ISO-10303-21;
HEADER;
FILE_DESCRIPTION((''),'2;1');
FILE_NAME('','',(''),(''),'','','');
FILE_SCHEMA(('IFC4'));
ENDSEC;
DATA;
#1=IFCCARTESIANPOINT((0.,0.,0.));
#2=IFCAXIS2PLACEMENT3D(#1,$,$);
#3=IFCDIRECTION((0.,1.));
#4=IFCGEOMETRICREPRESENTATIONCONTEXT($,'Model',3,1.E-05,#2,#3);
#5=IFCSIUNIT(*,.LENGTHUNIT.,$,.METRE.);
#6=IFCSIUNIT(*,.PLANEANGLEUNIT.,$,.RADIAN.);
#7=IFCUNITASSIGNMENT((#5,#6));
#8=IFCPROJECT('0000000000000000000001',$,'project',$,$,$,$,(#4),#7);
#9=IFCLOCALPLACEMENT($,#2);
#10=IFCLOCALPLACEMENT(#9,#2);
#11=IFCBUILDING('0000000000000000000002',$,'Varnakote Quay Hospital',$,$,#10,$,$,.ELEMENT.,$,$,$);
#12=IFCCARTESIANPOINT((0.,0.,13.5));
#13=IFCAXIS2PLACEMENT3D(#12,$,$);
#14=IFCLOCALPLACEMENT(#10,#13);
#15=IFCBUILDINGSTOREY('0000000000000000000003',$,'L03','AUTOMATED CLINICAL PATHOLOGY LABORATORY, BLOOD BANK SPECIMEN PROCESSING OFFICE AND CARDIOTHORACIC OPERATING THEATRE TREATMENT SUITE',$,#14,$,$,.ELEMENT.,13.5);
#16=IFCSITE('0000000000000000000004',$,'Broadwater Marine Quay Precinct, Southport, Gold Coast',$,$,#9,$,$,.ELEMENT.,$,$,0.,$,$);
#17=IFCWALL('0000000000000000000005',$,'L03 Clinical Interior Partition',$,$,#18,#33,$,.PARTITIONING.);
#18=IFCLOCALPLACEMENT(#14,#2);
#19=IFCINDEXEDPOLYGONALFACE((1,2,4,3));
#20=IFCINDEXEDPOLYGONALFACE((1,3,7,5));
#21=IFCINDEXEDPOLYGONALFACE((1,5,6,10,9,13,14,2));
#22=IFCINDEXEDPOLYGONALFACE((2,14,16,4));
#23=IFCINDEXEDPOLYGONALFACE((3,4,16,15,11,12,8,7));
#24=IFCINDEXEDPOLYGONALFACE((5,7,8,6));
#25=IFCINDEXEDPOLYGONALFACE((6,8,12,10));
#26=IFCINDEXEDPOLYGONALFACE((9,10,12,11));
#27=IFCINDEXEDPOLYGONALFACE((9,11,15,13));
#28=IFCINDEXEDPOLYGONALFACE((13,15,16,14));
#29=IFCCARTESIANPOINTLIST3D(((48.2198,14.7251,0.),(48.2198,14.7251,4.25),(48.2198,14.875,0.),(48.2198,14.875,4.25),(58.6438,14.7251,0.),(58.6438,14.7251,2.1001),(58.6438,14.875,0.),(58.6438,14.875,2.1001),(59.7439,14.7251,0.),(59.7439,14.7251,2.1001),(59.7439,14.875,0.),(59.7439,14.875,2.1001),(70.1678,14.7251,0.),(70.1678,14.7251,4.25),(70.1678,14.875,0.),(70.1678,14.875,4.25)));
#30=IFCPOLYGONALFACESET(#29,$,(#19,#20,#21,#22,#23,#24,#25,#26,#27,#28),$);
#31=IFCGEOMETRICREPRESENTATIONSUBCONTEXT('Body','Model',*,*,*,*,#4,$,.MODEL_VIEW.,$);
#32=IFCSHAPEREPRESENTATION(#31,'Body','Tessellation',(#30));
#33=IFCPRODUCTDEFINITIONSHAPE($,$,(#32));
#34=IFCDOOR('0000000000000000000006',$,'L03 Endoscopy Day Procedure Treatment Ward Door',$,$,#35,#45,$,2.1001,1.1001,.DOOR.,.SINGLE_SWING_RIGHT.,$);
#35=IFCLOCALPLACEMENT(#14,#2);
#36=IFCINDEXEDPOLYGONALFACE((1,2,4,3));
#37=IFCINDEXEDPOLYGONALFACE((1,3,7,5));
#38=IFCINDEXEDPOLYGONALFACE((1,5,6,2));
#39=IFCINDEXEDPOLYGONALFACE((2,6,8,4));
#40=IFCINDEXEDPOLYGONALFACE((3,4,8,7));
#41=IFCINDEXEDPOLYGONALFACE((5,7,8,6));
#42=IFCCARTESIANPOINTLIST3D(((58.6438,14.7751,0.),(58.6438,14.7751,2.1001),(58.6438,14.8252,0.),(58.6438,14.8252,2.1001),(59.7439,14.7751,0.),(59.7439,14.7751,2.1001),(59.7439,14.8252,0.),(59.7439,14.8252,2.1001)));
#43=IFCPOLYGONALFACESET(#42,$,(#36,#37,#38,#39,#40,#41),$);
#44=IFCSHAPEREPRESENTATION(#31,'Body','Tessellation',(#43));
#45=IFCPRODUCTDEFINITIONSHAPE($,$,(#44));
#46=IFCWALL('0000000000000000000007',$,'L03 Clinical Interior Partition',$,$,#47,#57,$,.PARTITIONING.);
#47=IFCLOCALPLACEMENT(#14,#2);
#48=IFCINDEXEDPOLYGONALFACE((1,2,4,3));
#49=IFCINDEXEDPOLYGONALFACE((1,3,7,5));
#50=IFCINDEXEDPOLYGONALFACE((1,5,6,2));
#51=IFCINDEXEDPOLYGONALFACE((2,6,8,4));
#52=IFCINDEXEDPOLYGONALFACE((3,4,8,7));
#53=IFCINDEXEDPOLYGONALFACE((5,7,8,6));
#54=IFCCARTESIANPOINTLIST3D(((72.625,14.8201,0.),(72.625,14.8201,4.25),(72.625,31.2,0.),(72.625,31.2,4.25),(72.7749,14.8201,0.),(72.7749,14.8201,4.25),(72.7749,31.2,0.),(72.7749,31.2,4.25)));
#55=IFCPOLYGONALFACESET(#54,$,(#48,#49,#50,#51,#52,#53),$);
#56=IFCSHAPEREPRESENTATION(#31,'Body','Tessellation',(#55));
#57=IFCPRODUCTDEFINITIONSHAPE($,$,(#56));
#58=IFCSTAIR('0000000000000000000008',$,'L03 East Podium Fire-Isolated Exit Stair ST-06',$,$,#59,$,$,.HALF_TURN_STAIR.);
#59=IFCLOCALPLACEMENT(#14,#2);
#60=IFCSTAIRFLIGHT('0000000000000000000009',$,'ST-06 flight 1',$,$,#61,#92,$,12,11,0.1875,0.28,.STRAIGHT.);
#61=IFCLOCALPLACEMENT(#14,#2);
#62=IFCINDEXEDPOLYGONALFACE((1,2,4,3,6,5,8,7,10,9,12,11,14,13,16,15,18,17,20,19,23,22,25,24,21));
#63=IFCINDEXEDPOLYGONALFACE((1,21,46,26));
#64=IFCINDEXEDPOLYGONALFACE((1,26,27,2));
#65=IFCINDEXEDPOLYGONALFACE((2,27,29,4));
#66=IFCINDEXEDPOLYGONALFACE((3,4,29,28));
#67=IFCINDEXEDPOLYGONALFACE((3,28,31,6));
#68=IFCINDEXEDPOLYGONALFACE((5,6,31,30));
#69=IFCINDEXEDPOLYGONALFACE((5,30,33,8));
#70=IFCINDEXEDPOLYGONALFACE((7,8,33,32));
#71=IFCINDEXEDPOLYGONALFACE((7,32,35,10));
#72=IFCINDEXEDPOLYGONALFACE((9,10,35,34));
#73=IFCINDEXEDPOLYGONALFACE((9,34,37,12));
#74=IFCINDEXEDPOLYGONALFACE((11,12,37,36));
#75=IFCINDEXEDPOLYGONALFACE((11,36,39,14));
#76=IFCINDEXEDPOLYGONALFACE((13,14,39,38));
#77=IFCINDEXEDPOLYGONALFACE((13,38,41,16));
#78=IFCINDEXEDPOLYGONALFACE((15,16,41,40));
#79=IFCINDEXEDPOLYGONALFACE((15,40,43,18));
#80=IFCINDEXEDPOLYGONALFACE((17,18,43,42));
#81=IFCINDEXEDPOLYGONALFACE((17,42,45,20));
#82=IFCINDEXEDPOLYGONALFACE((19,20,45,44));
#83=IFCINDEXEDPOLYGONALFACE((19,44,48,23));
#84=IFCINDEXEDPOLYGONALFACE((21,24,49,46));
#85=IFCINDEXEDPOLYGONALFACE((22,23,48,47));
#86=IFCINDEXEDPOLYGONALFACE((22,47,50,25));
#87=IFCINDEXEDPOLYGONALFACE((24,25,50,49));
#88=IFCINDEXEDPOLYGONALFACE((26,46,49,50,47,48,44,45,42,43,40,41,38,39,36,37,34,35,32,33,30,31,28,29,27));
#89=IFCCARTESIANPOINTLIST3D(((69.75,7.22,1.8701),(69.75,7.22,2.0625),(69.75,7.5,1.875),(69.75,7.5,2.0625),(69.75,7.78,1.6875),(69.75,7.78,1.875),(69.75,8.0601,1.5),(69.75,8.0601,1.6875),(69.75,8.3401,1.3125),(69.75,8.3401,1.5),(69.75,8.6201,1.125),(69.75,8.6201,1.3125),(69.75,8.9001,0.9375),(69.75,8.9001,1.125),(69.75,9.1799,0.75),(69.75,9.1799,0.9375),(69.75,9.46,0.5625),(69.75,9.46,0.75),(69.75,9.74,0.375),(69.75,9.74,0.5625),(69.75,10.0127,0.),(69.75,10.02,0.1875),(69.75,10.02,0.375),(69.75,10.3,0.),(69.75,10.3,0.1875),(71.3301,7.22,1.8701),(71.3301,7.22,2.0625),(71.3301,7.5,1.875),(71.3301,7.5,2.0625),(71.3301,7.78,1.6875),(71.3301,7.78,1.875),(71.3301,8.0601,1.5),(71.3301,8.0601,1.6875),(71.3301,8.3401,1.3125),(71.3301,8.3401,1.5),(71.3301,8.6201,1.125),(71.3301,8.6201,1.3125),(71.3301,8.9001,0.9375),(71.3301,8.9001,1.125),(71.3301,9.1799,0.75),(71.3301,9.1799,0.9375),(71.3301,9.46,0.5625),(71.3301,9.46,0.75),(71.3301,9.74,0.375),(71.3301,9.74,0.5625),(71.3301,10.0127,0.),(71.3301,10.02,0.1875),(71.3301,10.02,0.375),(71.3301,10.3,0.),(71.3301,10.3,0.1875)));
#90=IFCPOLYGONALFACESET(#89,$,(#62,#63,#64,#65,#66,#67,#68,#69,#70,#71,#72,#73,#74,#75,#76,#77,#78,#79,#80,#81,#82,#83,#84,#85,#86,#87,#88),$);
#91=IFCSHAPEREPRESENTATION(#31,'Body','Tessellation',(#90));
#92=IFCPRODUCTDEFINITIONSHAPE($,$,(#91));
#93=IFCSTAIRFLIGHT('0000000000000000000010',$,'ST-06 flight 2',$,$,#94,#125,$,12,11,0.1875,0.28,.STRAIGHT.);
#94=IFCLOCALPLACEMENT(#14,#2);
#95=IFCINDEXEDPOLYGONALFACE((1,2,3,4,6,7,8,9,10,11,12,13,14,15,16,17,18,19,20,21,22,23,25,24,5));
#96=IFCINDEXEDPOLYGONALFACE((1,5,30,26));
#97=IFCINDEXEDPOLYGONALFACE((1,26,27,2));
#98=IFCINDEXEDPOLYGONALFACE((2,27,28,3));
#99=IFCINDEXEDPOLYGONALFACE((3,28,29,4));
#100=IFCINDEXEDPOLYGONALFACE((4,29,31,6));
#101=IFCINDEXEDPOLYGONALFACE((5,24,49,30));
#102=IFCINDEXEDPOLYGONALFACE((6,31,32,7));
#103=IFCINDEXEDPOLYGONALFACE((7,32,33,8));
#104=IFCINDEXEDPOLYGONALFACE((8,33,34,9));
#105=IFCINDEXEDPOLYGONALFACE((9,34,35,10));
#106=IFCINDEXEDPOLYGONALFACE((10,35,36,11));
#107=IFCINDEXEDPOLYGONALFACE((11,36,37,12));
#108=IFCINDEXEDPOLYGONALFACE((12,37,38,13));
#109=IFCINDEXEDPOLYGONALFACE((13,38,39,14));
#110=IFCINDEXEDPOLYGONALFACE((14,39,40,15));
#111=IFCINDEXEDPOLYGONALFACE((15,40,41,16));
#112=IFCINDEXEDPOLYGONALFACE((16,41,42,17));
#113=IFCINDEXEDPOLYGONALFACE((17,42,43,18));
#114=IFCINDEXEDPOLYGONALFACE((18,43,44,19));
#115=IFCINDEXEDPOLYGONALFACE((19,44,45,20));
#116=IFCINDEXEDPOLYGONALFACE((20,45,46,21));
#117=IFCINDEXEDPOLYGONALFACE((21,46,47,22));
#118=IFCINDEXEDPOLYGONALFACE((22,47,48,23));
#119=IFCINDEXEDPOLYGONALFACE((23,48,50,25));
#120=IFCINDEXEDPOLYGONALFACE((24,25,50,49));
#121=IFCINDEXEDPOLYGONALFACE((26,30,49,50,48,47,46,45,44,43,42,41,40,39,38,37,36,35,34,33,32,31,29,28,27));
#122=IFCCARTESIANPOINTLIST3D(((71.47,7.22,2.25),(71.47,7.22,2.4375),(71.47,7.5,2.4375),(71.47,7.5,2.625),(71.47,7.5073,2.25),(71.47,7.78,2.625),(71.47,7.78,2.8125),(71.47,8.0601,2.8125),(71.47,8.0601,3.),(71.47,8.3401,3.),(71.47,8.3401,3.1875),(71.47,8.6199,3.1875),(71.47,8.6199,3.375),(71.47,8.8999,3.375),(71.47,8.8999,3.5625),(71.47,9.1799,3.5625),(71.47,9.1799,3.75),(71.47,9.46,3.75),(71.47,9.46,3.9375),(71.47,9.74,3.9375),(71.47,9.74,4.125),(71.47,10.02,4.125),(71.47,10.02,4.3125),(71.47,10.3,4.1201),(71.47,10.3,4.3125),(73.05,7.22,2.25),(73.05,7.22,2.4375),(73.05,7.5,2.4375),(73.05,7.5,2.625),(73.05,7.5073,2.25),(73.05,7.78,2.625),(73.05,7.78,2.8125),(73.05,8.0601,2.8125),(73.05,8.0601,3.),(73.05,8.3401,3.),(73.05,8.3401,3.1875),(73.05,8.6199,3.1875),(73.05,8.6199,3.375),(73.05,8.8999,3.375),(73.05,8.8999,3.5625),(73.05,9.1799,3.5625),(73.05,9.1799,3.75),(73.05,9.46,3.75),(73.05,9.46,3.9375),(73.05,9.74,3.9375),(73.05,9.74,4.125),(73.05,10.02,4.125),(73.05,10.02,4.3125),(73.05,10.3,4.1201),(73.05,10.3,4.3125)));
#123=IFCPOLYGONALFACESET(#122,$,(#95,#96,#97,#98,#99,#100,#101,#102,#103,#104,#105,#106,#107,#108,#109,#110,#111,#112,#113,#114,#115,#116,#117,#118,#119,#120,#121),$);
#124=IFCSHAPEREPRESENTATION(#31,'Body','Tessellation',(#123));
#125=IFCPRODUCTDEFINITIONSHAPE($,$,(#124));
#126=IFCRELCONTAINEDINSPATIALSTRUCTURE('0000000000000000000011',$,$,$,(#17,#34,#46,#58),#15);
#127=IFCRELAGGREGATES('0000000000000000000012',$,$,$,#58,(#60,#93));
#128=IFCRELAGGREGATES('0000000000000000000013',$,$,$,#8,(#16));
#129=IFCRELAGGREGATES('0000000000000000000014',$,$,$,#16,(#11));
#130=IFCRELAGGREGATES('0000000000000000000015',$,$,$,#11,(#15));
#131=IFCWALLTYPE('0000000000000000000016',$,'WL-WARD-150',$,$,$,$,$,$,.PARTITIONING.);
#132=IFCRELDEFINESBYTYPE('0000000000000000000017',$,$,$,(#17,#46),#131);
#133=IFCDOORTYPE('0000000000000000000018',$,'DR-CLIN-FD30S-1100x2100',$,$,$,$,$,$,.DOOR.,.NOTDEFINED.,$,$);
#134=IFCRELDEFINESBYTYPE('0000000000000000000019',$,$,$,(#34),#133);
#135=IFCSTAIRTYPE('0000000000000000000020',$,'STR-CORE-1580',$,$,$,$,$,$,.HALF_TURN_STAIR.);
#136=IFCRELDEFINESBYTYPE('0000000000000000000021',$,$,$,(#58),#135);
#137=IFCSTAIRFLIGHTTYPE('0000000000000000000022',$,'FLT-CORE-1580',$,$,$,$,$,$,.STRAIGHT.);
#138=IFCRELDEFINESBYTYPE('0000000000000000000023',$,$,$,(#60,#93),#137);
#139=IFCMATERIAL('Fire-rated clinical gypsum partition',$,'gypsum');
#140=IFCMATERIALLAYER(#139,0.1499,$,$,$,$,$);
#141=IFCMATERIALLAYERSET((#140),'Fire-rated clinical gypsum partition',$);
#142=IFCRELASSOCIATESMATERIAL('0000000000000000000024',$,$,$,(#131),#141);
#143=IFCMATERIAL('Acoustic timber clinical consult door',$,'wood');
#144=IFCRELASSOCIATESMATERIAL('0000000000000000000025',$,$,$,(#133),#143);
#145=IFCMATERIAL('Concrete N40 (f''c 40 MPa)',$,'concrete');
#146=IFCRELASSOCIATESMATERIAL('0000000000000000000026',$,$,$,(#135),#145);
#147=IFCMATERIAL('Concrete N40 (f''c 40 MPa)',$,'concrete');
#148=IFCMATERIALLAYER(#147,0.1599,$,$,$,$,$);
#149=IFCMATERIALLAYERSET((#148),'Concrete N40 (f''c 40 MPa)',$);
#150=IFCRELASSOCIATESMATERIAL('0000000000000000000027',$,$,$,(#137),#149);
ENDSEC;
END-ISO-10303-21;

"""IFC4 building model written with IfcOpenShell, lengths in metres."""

from ifc_helpers import new_model, si_unit, direction, frame, frame_2d, origin, place, context, subcontext, project, spatial, polyline, rectangle, outline, extrude, material, layer, layer_set, type_object, element, fill, aggregate, save


model = new_model("IFC4")

# Units and contexts
model_context = context("Model", 3, precision=1e-05, world=origin(), true_north=direction((0.0, 1.0)))
body_context = subcontext(model_context, "Body", "Model", "MODEL_VIEW")
ifc_project = project(units=[si_unit("LENGTHUNIT", "METRE"), si_unit("PLANEANGLEUNIT", "RADIAN")], contexts=[model_context])

# Site, building, storey
site_placement = place(None, origin())
site = spatial("IfcSite", under=ifc_project, at=site_placement, Name="Broadwater Marine Quay Precinct, Southport, Gold Coast", CompositionType="ELEMENT", RefElevation=0.0)
building_placement = place(site_placement, origin())
building = spatial("IfcBuilding", under=site, at=building_placement, Name="Varnakote Quay Hospital", CompositionType="ELEMENT")
storey_placement = place(building_placement, frame((0.0, 0.0, 13.5)))
storey = spatial("IfcBuildingStorey", under=building, at=storey_placement, Name="L03", Description="AUTOMATED CLINICAL PATHOLOGY LABORATORY, BLOOD BANK SPECIMEN PROCESSING OFFICE AND CARDIOTHORACIC OPERATING THEATRE TREATMENT SUITE", CompositionType="ELEMENT", Elevation=13.5)

# Wall, opening, door
ifc_material_1 = material(Name="Fire-rated clinical gypsum partition", Category="gypsum")
ifc_layer_1 = layer(ifc_material_1, 0.1499)
ifc_layer_set_1 = layer_set([ifc_layer_1], Name="Fire-rated clinical gypsum partition")
wall_type_1 = type_object("IfcWallType", Name="WL-WARD-150", PredefinedType="PARTITIONING", material=ifc_layer_set_1)
ifc_material_2 = material(Name="Acoustic timber clinical consult door", Category="wood")
door_type = type_object("IfcDoorType", Name="DR-CLIN-FD30S-1100x2100", OperationType="NOTDEFINED", PredefinedType="DOOR", material=ifc_material_2)
wall_1_placement = place(storey_placement, frame((70.168, 14.8, 0.0), z_axis=(0.0, 0.0, 1.0), x_axis=(-1.0, 0.0, 0.0)))
wall_1 = element("IfcWall", 1, at=wall_1_placement, inside=storey, type_object=wall_type_1, Name="L03 Clinical Interior Partition", PredefinedType="PARTITIONING", context=body_context, shape_type="SweptSolid", body=[
    extrude(rectangle(XDim=21.948, YDim=0.1499, at=frame_2d((10.9741, 0.0))), origin(), (0.0, 0.0, 1.0), 4.25),
])
opening_1_placement = place(wall_1_placement, frame((10.4241, 0.0, 0.0)))
opening_1 = element("IfcOpeningElement", 2, at=opening_1_placement, cuts=wall_1, PredefinedType="OPENING", context=body_context, shape_type="SweptSolid", body=[
    extrude(rectangle(XDim=1.1001, YDim=2.1001, at=frame_2d((0.55, 1.05))), frame((0.0, 0.085, 0.0), z_axis=(0.0, -1.0, 0.0), x_axis=(1.0, 0.0, 0.0)), (0.0, 0.0, 1.0), 0.1699),
])
door_1_placement = place(opening_1_placement, origin())
door_1 = element("IfcDoor", 3, at=door_1_placement, inside=storey, type_object=door_type, Name="L03 Endoscopy Day Procedure Treatment Ward Door", OperationType="SINGLE_SWING_RIGHT", OverallHeight=2.1001, OverallWidth=1.1001, PredefinedType="DOOR", context=body_context, shape_type="SweptSolid", body=[
    extrude(rectangle(XDim=1.1001, YDim=2.1001, at=frame_2d((0.55, 1.05))), frame((0.0, 0.0249, 0.0), z_axis=(0.0, -1.0, 0.0), x_axis=(1.0, 0.0, 0.0)), (0.0, 0.0, 1.0), 0.05),
])
fill(opening_1, door_1)

# Wall
wall_2_placement = place(storey_placement, frame((72.7, 14.8201, 0.0), z_axis=(0.0, 0.0, 1.0), x_axis=(0.0, 1.0, 0.0)))
element("IfcWall", 4, at=wall_2_placement, inside=storey, type_object=wall_type_1, Name="L03 Clinical Interior Partition", PredefinedType="PARTITIONING", context=body_context, shape_type="SweptSolid", body=[
    extrude(rectangle(XDim=16.3799, YDim=0.1499, at=frame_2d((8.1899, 0.0))), origin(), (0.0, 0.0, 1.0), 4.25),
])

# Stair, stair flights
ifc_material_3 = material(Name="Concrete N40 (f'c 40 MPa)", Category="concrete")
stair_type = type_object("IfcStairType", Name="STR-CORE-1580", PredefinedType="HALF_TURN_STAIR", material=ifc_material_3)
stair_placement = place(storey_placement, origin())
stair = element("IfcStair", 5, at=stair_placement, inside=storey, type_object=stair_type, Name="L03 East Podium Fire-Isolated Exit Stair ST-06", PredefinedType="HALF_TURN_STAIR")
ifc_material_4 = material(Name="Concrete N40 (f'c 40 MPa)", Category="concrete")
ifc_layer_2 = layer(ifc_material_4, 0.1599)
ifc_layer_set_2 = layer_set([ifc_layer_2], Name="Concrete N40 (f'c 40 MPa)")
stair_flight_type = type_object("IfcStairFlightType", Name="FLT-CORE-1580", PredefinedType="STRAIGHT", material=ifc_layer_set_2)
stair_flight_1_placement = place(storey_placement, frame((70.54, 10.3, 0.0), z_axis=(0.0, 0.0, 1.0), x_axis=(0.0, -1.0, 0.0)))
stair_flight_1 = element("IfcStairFlight", 6, at=stair_flight_1_placement, type_object=stair_flight_type, Name="ST-06 flight 1", NumberOfRisers=12, NumberOfTreads=11, PredefinedType="STRAIGHT", RiserHeight=0.1875, TreadLength=0.28, context=body_context, shape_type="SweptSolid", body=[
    extrude(outline(polyline([(0.0, 0.0), (0.0, 0.1875), (0.28, 0.1875), (0.28, 0.375), (0.5601, 0.375), (0.5601, 0.5625), (0.8401, 0.5625), (0.8401, 0.75), (1.1201, 0.75), (1.1201, 0.9375), (1.3999, 0.9375), (1.3999, 1.125), (1.6799, 1.125), (1.6799, 1.3125), (1.96, 1.3125), (1.96, 1.5), (2.24, 1.5), (2.24, 1.6875), (2.52, 1.6875), (2.52, 1.875), (2.8, 1.875), (2.8, 2.0625), (3.0801, 2.0625), (3.0801, 2.25), (3.0801, 1.8701), (0.2874, 0.0), (0.0, 0.0)])), frame((0.0, 0.79, 0.0), z_axis=(0.0, -1.0, 0.0), x_axis=(1.0, 0.0, 0.0)), (0.0, 0.0, 1.0), 1.5801),
])
stair_flight_2_placement = place(storey_placement, frame((72.26, 7.22, 2.25), z_axis=(0.0, 0.0, 1.0), x_axis=(0.0, 1.0, 0.0)))
stair_flight_2 = element("IfcStairFlight", 7, at=stair_flight_2_placement, type_object=stair_flight_type, Name="ST-06 flight 2", NumberOfRisers=12, NumberOfTreads=11, PredefinedType="STRAIGHT", RiserHeight=0.1875, TreadLength=0.28, context=body_context, shape_type="SweptSolid", body=[
    extrude(outline(polyline([(0.0, 0.0), (0.0, 0.1875), (0.28, 0.1875), (0.28, 0.375), (0.5601, 0.375), (0.5601, 0.5625), (0.8401, 0.5625), (0.8401, 0.75), (1.1201, 0.75), (1.1201, 0.9375), (1.3999, 0.9375), (1.3999, 1.125), (1.6799, 1.125), (1.6799, 1.3125), (1.96, 1.3125), (1.96, 1.5), (2.24, 1.5), (2.24, 1.6875), (2.52, 1.6875), (2.52, 1.875), (2.8, 1.875), (2.8, 2.0625), (3.0801, 2.0625), (3.0801, 2.25), (3.0801, 1.8701), (0.2874, 0.0), (0.0, 0.0)])), frame((0.0, 0.79, 0.0), z_axis=(0.0, -1.0, 0.0), x_axis=(1.0, 0.0, 0.0)), (0.0, 0.0, 1.0), 1.5801),
])
aggregate(stair, [stair_flight_1, stair_flight_2])

save(model, "model.ifc")
